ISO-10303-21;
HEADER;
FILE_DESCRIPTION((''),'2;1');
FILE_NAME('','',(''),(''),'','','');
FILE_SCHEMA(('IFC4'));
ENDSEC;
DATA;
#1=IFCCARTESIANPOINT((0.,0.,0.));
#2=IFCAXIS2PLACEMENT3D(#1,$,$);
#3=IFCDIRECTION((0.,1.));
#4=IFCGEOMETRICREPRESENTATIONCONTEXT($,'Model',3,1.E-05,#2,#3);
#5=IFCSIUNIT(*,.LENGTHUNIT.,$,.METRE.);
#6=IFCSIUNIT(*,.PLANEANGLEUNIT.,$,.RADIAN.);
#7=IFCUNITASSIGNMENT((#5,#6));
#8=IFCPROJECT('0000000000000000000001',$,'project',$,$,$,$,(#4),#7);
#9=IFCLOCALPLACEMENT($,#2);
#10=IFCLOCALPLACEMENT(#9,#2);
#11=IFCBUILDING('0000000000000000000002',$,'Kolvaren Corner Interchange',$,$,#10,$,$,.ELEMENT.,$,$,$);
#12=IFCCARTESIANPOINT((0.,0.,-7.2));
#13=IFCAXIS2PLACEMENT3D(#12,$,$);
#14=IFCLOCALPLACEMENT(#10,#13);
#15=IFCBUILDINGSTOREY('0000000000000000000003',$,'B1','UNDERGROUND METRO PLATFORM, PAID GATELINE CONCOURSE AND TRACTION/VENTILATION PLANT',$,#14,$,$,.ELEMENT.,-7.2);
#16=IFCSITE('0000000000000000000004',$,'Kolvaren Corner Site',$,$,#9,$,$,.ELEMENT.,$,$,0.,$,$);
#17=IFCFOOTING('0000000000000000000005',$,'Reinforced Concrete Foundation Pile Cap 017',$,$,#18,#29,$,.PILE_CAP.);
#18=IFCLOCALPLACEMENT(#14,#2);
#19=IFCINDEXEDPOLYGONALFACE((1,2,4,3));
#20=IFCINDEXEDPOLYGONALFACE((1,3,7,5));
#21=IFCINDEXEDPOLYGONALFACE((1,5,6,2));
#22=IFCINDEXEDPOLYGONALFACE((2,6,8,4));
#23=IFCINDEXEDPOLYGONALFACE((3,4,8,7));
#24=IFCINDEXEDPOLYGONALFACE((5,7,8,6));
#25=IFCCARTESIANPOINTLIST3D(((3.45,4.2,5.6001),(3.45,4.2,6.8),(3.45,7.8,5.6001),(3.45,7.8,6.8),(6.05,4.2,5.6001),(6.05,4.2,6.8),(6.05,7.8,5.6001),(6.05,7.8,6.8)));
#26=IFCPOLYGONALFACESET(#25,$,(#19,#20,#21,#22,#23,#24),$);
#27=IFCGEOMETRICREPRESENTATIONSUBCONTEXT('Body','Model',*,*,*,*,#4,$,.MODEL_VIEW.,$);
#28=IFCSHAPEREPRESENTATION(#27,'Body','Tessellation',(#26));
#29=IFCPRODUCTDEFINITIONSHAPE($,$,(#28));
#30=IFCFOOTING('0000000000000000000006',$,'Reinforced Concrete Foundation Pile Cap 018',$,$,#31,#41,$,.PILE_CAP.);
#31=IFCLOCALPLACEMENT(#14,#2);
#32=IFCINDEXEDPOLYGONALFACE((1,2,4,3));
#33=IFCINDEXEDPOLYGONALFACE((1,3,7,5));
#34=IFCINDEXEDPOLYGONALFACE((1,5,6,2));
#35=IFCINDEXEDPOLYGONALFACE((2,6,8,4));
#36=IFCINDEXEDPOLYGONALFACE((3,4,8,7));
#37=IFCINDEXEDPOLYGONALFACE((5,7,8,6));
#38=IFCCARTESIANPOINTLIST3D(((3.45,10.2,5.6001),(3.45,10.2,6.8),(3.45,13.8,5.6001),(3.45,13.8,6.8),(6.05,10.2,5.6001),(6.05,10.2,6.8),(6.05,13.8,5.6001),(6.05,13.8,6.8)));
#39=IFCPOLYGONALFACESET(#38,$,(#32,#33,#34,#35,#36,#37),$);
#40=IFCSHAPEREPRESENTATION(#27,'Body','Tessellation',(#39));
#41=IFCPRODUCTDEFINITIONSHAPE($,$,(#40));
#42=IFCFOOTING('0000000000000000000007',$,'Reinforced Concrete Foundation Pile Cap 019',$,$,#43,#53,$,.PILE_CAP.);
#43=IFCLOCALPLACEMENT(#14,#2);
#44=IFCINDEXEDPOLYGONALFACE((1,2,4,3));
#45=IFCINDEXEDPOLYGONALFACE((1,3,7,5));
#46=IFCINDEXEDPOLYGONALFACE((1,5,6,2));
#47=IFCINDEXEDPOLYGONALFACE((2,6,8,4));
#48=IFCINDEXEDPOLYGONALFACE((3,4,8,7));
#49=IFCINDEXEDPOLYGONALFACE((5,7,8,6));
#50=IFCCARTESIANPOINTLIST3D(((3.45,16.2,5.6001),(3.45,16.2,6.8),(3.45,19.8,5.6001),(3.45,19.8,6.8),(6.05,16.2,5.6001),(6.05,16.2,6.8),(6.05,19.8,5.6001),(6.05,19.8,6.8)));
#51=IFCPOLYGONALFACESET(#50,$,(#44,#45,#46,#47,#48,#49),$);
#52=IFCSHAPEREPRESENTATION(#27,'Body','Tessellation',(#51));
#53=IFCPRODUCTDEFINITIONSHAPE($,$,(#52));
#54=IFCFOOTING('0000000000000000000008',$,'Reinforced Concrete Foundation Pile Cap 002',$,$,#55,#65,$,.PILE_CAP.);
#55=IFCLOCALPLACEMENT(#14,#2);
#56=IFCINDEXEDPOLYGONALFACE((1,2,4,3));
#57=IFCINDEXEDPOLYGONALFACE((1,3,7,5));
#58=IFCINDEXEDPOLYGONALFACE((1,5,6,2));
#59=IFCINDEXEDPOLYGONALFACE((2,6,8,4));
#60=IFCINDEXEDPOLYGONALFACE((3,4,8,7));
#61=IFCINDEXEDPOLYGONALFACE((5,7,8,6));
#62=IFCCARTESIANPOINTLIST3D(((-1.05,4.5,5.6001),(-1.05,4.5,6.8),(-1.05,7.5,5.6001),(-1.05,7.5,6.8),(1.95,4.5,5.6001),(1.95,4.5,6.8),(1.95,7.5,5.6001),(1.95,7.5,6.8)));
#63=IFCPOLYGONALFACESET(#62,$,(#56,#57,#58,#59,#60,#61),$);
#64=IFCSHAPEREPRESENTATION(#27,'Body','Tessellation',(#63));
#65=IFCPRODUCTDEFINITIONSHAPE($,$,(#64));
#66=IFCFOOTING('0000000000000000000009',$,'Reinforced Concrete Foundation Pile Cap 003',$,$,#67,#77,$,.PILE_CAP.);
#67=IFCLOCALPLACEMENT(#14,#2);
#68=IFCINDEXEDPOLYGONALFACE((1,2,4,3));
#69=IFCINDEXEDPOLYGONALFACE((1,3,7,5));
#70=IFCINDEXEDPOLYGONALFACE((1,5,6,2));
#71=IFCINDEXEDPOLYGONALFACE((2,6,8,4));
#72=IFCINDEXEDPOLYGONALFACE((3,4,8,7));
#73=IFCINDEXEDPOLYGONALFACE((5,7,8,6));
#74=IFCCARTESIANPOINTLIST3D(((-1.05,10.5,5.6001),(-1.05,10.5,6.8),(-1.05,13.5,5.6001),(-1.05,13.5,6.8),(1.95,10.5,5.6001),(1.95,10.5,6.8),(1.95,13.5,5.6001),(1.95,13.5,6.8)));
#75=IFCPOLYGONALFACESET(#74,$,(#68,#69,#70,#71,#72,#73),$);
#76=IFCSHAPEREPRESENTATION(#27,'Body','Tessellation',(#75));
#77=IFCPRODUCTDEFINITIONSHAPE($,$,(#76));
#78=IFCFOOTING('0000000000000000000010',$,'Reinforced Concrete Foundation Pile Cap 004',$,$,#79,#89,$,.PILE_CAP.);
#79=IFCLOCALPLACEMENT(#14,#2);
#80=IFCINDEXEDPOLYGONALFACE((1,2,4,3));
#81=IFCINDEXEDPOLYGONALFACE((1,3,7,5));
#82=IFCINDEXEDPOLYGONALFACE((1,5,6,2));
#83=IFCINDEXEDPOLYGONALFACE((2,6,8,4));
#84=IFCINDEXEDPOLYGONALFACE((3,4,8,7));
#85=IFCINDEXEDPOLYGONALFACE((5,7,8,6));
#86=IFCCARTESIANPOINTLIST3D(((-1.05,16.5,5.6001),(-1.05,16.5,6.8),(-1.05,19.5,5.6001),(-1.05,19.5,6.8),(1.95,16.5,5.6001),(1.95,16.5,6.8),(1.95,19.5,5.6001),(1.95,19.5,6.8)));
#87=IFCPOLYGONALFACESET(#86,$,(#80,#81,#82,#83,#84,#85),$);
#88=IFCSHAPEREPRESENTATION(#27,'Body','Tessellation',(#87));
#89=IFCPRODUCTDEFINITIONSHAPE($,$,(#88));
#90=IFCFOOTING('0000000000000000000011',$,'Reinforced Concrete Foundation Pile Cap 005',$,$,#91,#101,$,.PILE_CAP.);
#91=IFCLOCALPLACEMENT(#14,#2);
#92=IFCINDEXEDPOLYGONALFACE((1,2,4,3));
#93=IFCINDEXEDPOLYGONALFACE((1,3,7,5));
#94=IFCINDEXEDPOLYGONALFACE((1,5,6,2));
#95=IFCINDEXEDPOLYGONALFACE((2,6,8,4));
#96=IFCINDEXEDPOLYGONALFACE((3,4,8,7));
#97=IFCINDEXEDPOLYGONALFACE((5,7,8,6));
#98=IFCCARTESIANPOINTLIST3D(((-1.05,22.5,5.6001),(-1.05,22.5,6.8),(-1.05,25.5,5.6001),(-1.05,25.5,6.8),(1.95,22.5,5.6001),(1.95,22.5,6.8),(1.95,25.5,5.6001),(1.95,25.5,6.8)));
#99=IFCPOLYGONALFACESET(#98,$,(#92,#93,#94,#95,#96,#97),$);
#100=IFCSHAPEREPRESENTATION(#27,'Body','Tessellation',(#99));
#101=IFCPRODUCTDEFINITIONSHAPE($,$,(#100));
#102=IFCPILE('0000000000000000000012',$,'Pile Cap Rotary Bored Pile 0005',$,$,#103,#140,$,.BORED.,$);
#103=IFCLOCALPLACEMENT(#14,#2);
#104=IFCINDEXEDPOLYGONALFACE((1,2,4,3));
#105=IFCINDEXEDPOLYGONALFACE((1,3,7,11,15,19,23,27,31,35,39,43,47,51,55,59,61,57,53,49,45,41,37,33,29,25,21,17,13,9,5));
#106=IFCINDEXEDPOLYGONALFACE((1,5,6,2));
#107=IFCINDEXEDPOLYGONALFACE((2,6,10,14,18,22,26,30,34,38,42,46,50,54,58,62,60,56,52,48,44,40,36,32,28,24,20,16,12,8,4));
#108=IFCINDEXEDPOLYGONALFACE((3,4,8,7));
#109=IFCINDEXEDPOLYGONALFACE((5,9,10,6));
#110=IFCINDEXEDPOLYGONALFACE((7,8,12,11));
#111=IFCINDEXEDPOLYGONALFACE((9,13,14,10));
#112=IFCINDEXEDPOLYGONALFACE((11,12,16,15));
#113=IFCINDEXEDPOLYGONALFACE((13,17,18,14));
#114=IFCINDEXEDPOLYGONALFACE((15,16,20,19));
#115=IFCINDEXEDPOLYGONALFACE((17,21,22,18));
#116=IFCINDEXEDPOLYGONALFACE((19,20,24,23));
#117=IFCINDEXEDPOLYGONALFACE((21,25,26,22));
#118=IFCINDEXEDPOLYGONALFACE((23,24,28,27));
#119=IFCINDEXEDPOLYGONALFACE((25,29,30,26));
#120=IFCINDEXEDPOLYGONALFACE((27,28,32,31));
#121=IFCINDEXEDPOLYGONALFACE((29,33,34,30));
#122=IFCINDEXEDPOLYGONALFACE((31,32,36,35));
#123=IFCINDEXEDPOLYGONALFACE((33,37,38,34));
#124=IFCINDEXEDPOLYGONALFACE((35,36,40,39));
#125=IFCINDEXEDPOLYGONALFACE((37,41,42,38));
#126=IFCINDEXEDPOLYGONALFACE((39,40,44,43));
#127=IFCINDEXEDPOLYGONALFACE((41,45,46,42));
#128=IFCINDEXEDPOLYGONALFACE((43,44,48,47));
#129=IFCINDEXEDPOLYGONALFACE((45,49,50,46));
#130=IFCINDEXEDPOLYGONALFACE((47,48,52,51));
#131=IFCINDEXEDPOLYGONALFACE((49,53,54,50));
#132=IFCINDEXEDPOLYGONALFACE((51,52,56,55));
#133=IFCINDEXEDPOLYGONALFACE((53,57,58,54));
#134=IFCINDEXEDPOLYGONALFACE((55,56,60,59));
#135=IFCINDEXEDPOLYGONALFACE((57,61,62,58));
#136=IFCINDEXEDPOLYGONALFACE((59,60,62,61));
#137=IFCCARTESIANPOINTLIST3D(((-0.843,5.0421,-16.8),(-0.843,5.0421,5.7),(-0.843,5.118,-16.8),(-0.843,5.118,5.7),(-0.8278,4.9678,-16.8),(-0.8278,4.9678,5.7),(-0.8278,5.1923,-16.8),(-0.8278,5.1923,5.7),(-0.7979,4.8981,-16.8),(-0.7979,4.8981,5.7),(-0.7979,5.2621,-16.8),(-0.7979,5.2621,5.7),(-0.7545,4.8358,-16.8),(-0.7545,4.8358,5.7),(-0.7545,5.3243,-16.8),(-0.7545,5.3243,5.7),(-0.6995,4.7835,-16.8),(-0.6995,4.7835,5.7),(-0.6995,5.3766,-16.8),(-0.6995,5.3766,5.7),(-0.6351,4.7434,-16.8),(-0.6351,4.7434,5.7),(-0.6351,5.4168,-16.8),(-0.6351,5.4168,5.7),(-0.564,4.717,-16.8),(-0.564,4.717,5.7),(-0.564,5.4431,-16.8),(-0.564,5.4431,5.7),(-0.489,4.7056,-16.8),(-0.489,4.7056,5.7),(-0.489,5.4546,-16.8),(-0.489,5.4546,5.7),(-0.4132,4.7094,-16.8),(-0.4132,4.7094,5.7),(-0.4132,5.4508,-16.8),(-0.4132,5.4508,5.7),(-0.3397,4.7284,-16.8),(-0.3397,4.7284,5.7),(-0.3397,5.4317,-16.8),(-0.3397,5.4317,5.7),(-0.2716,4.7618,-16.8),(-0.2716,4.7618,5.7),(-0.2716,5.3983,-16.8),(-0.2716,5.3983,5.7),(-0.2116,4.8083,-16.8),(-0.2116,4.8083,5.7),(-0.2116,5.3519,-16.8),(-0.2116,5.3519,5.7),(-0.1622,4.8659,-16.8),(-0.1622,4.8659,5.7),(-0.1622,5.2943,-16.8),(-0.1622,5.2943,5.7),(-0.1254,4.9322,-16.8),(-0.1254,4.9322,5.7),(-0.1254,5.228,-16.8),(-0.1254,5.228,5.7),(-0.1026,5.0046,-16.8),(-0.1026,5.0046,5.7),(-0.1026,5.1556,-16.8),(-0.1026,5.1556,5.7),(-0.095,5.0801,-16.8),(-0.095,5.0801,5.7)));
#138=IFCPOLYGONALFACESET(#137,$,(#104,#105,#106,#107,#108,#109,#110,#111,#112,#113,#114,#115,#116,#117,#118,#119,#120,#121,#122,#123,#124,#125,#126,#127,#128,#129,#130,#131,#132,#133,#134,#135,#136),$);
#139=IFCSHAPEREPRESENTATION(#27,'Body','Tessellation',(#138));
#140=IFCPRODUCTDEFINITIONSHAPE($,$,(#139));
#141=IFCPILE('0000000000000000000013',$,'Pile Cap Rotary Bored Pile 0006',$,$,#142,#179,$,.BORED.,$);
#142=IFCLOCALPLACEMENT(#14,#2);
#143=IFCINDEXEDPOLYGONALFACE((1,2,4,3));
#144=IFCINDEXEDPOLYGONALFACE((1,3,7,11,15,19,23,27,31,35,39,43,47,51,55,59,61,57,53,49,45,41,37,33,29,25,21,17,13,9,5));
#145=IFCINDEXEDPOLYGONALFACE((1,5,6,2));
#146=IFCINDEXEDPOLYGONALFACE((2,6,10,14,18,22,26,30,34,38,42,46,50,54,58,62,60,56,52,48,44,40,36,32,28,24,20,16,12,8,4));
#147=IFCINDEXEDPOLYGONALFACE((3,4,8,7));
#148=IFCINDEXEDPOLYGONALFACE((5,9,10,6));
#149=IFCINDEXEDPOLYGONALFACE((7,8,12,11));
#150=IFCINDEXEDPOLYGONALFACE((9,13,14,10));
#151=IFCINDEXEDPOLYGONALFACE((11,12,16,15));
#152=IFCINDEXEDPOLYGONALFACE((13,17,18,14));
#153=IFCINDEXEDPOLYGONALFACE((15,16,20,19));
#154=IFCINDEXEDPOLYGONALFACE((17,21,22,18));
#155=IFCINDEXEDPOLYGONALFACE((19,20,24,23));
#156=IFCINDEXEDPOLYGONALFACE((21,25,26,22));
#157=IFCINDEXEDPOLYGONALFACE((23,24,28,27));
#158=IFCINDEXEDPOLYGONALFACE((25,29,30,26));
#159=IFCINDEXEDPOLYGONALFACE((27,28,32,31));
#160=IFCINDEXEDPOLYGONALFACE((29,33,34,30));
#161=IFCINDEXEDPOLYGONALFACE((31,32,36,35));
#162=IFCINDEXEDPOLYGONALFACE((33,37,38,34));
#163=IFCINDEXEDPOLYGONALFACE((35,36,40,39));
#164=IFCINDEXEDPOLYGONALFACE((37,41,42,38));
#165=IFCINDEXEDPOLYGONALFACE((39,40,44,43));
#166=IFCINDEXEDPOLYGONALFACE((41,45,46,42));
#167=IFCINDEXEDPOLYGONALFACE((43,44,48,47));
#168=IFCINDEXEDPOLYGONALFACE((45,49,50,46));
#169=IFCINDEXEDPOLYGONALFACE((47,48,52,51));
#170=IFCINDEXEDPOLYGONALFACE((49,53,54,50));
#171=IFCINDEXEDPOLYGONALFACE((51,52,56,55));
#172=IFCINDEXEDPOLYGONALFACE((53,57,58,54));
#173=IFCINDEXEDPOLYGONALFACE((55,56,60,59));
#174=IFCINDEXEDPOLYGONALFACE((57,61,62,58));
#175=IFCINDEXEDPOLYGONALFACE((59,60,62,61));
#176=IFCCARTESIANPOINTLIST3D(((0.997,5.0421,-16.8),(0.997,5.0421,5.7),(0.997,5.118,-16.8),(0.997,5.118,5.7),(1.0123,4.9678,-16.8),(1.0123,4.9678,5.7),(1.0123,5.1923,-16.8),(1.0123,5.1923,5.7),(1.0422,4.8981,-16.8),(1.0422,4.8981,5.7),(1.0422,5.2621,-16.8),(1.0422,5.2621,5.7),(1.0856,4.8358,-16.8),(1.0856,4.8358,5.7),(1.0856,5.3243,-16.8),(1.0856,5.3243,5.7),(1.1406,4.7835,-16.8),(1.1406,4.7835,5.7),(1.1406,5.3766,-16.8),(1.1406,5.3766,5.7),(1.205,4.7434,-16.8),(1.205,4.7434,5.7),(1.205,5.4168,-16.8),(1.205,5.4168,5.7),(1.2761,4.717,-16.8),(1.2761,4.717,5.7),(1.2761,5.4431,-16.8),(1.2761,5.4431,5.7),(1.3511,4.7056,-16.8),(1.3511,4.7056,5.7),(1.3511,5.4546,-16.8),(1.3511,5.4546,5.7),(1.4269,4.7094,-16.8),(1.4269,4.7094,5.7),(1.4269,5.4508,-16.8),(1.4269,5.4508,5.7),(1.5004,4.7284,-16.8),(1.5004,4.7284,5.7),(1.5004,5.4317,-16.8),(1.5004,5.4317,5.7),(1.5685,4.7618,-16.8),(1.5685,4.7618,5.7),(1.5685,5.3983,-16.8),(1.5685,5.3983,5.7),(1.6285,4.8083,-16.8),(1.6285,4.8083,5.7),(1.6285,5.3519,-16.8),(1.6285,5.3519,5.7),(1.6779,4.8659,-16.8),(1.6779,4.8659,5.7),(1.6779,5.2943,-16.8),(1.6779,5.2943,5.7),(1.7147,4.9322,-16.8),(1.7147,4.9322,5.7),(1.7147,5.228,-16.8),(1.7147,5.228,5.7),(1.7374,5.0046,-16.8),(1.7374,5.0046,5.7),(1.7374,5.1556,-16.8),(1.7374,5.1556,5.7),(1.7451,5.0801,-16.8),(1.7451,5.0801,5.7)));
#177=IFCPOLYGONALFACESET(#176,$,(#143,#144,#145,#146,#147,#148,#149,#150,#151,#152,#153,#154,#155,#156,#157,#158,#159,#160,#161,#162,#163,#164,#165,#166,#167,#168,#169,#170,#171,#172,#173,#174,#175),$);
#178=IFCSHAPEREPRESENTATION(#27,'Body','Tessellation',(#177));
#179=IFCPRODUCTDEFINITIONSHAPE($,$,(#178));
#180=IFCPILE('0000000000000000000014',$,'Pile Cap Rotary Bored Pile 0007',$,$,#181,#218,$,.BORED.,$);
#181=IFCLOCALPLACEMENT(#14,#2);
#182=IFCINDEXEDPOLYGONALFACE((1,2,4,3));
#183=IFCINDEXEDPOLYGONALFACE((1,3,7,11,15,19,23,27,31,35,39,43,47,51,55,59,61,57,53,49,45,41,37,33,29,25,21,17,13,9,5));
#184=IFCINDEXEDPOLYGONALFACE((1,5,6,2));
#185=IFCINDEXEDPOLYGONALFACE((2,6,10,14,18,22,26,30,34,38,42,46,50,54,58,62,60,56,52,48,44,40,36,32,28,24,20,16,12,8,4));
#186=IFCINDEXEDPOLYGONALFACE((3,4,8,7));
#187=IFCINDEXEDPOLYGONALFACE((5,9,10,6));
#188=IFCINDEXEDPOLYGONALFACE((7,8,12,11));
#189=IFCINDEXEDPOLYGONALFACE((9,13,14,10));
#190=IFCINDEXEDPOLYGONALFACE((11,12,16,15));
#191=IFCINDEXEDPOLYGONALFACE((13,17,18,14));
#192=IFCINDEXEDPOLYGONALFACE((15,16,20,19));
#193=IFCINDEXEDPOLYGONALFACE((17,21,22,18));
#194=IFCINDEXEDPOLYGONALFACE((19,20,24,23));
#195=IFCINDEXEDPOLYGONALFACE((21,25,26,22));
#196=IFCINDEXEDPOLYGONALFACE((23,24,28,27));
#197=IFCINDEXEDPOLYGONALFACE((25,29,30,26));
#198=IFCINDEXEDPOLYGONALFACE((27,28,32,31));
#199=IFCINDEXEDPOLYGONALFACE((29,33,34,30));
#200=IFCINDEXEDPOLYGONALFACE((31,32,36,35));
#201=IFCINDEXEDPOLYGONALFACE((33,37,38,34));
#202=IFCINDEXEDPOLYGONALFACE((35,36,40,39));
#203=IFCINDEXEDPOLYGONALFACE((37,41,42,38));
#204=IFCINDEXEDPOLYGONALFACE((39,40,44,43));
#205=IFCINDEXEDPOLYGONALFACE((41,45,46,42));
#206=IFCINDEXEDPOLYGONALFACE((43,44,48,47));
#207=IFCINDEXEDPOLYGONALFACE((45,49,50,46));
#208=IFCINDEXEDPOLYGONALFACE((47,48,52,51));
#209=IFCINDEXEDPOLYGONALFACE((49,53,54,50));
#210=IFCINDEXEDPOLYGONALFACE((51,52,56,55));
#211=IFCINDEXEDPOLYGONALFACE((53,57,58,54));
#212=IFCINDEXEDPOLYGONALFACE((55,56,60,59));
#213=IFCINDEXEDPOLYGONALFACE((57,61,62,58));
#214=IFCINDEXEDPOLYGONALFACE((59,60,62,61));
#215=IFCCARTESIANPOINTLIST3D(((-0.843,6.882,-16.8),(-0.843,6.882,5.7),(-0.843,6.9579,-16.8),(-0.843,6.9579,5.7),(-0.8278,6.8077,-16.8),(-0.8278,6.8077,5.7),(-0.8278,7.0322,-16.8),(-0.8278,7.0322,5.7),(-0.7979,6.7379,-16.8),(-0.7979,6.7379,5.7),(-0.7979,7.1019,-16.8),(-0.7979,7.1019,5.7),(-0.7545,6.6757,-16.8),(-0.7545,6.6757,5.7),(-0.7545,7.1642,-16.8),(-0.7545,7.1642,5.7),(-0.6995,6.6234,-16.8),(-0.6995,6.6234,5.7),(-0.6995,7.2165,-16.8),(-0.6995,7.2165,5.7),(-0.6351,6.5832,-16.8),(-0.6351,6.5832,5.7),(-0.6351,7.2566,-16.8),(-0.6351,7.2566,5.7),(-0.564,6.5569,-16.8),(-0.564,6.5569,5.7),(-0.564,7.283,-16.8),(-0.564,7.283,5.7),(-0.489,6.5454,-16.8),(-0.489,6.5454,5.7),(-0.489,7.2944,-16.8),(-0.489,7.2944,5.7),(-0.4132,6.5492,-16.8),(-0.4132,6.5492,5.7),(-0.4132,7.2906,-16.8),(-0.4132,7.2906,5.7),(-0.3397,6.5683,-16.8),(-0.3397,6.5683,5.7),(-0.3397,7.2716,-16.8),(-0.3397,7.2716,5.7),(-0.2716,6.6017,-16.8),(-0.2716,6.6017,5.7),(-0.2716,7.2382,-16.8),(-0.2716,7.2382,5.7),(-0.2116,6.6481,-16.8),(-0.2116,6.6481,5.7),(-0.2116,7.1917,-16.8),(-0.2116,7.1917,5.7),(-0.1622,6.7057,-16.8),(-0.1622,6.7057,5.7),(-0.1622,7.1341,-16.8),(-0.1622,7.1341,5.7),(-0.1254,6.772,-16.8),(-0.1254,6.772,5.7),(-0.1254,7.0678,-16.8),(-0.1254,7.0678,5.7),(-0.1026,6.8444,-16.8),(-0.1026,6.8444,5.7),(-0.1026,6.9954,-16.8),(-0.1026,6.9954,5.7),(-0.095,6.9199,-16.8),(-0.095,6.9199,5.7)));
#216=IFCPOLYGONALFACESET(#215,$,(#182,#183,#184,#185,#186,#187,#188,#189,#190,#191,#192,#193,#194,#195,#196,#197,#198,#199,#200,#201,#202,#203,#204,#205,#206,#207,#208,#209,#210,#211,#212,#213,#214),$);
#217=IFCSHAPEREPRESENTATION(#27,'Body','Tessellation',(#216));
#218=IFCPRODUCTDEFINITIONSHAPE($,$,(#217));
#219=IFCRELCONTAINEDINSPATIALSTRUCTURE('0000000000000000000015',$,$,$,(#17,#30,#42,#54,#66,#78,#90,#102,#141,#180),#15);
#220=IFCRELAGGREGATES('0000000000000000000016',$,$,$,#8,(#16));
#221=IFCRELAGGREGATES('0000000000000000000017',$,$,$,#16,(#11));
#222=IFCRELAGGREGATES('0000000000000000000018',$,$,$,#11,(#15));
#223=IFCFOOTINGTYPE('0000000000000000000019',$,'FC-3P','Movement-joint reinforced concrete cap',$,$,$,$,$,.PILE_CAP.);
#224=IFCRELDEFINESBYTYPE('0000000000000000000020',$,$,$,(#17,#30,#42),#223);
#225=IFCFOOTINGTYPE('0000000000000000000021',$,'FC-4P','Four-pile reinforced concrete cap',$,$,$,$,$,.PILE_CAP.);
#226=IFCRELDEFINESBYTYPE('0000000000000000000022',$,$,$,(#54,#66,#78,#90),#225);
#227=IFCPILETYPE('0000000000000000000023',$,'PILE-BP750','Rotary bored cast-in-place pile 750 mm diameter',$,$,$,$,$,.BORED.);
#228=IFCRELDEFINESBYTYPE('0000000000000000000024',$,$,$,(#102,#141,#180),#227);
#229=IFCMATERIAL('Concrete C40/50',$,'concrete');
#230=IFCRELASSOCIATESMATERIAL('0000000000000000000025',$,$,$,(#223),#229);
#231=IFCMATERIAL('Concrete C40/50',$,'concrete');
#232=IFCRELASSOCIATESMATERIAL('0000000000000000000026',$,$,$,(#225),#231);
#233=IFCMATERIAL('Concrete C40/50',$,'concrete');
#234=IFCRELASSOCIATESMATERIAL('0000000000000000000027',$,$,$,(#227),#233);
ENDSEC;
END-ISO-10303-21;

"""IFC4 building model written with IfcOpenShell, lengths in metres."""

from ifc_helpers import new_model, si_unit, direction, frame, origin, origin_2d, place, context, subcontext, project, spatial, rectangle, circle, extrude, material, material_profile, profile_set, type_object, element, save


model = new_model("IFC4")

# Units and contexts
model_context = context("Model", 3, precision=1e-05, world=origin(), true_north=direction((0.0, 1.0)))
body_context = subcontext(model_context, "Body", "Model", "MODEL_VIEW")
ifc_project = project(units=[si_unit("LENGTHUNIT", "METRE"), si_unit("PLANEANGLEUNIT", "RADIAN")], contexts=[model_context])

# Site, building, storey
site_placement = place(None, origin())
site = spatial("IfcSite", under=ifc_project, at=site_placement, Name="Kolvaren Corner Site", CompositionType="ELEMENT", RefElevation=0.0)
building_placement = place(site_placement, origin())
building = spatial("IfcBuilding", under=site, at=building_placement, Name="Kolvaren Corner Interchange", CompositionType="ELEMENT")
storey_placement = place(building_placement, frame((0.0, 0.0, -7.2)))
storey = spatial("IfcBuildingStorey", under=building, at=storey_placement, Name="B1", Description="UNDERGROUND METRO PLATFORM, PAID GATELINE CONCOURSE AND TRACTION/VENTILATION PLANT", CompositionType="ELEMENT", Elevation=-7.2)

# Footings
ifc_material_1 = material(Name="Concrete C40/50", Category="concrete")
footing_type_1 = type_object("IfcFootingType", Name="FC-3P", Description="Movement-joint reinforced concrete cap", PredefinedType="PILE_CAP", material=ifc_material_1)
for number, where, z_axis, x_axis, name in (
    (1, (4.75, 6.0, 5.6001), (0.0, 0.0, 1.0), (1.0, 0.0, 0.0), "Reinforced Concrete Foundation Pile Cap 017"),
    (2, (4.75, 12.0, 5.6001), (0.0, 0.0, 1.0), (1.0, 0.0, 0.0), "Reinforced Concrete Foundation Pile Cap 018"),
    (3, (4.75, 18.0, 5.6001), (0.0, 0.0, 1.0), (1.0, 0.0, 0.0), "Reinforced Concrete Foundation Pile Cap 019"),
):
    element("IfcFooting", number, at=place(storey_placement, frame(where, z_axis=z_axis, x_axis=x_axis)), inside=storey, type_object=footing_type_1, Name=name, PredefinedType="PILE_CAP", context=body_context, shape_type="SweptSolid", body=[
        extrude(rectangle(XDim=2.6001, YDim=3.6001, at=origin_2d()), origin(), (0.0, 0.0, 1.0), 1.2),
    ])
ifc_material_2 = material(Name="Concrete C40/50", Category="concrete")
footing_type_2 = type_object("IfcFootingType", Name="FC-4P", Description="Four-pile reinforced concrete cap", PredefinedType="PILE_CAP", material=ifc_material_2)
for number, where, z_axis, x_axis, name in (
    (4, (0.45, 6.0, 5.6001), (0.0, 0.0, 1.0), (1.0, 0.0, 0.0), "Reinforced Concrete Foundation Pile Cap 002"),
    (5, (0.45, 12.0, 5.6001), (0.0, 0.0, 1.0), (1.0, 0.0, 0.0), "Reinforced Concrete Foundation Pile Cap 003"),
    (6, (0.45, 18.0, 5.6001), (0.0, 0.0, 1.0), (1.0, 0.0, 0.0), "Reinforced Concrete Foundation Pile Cap 004"),
    (7, (0.45, 24.0, 5.6001), (0.0, 0.0, 1.0), (1.0, 0.0, 0.0), "Reinforced Concrete Foundation Pile Cap 005"),
):
    element("IfcFooting", number, at=place(storey_placement, frame(where, z_axis=z_axis, x_axis=x_axis)), inside=storey, type_object=footing_type_2, Name=name, PredefinedType="PILE_CAP", context=body_context, shape_type="SweptSolid", body=[
        extrude(rectangle(XDim=3.0, YDim=3.0, at=origin_2d()), origin(), (0.0, 0.0, 1.0), 1.2),
    ])

# Piles
ifc_material_3 = material(Name="Concrete C40/50", Category="concrete")
ifc_material_profile = material_profile(ifc_material_3, circle(Radius=0.375, at=origin_2d()), Name="BORED PILE 750")
ifc_profile_set = profile_set([ifc_material_profile], Name="Concrete C40/50")
pile_type = type_object("IfcPileType", Name="PILE-BP750", Description="Rotary bored cast-in-place pile 750 mm diameter", PredefinedType="BORED", material=ifc_profile_set)
for number, where, z_axis, x_axis, name in (
    (8, (-0.47, 5.0801, 5.7), (0.0, 0.0, -1.0), (1.0, 0.0, 0.0), "Pile Cap Rotary Bored Pile 0005"),
    (9, (1.3701, 5.0801, 5.7), (0.0, 0.0, -1.0), (1.0, 0.0, 0.0), "Pile Cap Rotary Bored Pile 0006"),
    (10, (-0.47, 6.9199, 5.7), (0.0, 0.0, -1.0), (1.0, 0.0, 0.0), "Pile Cap Rotary Bored Pile 0007"),
):
    element("IfcPile", number, at=place(storey_placement, frame(where, z_axis=z_axis, x_axis=x_axis)), inside=storey, type_object=pile_type, Name=name, PredefinedType="BORED", context=body_context, shape_type="SweptSolid", body=[
        extrude(circle(Radius=0.375, at=origin_2d()), origin(), (0.0, 0.0, 1.0), 22.5),
    ])

save(model, "model.ifc")
